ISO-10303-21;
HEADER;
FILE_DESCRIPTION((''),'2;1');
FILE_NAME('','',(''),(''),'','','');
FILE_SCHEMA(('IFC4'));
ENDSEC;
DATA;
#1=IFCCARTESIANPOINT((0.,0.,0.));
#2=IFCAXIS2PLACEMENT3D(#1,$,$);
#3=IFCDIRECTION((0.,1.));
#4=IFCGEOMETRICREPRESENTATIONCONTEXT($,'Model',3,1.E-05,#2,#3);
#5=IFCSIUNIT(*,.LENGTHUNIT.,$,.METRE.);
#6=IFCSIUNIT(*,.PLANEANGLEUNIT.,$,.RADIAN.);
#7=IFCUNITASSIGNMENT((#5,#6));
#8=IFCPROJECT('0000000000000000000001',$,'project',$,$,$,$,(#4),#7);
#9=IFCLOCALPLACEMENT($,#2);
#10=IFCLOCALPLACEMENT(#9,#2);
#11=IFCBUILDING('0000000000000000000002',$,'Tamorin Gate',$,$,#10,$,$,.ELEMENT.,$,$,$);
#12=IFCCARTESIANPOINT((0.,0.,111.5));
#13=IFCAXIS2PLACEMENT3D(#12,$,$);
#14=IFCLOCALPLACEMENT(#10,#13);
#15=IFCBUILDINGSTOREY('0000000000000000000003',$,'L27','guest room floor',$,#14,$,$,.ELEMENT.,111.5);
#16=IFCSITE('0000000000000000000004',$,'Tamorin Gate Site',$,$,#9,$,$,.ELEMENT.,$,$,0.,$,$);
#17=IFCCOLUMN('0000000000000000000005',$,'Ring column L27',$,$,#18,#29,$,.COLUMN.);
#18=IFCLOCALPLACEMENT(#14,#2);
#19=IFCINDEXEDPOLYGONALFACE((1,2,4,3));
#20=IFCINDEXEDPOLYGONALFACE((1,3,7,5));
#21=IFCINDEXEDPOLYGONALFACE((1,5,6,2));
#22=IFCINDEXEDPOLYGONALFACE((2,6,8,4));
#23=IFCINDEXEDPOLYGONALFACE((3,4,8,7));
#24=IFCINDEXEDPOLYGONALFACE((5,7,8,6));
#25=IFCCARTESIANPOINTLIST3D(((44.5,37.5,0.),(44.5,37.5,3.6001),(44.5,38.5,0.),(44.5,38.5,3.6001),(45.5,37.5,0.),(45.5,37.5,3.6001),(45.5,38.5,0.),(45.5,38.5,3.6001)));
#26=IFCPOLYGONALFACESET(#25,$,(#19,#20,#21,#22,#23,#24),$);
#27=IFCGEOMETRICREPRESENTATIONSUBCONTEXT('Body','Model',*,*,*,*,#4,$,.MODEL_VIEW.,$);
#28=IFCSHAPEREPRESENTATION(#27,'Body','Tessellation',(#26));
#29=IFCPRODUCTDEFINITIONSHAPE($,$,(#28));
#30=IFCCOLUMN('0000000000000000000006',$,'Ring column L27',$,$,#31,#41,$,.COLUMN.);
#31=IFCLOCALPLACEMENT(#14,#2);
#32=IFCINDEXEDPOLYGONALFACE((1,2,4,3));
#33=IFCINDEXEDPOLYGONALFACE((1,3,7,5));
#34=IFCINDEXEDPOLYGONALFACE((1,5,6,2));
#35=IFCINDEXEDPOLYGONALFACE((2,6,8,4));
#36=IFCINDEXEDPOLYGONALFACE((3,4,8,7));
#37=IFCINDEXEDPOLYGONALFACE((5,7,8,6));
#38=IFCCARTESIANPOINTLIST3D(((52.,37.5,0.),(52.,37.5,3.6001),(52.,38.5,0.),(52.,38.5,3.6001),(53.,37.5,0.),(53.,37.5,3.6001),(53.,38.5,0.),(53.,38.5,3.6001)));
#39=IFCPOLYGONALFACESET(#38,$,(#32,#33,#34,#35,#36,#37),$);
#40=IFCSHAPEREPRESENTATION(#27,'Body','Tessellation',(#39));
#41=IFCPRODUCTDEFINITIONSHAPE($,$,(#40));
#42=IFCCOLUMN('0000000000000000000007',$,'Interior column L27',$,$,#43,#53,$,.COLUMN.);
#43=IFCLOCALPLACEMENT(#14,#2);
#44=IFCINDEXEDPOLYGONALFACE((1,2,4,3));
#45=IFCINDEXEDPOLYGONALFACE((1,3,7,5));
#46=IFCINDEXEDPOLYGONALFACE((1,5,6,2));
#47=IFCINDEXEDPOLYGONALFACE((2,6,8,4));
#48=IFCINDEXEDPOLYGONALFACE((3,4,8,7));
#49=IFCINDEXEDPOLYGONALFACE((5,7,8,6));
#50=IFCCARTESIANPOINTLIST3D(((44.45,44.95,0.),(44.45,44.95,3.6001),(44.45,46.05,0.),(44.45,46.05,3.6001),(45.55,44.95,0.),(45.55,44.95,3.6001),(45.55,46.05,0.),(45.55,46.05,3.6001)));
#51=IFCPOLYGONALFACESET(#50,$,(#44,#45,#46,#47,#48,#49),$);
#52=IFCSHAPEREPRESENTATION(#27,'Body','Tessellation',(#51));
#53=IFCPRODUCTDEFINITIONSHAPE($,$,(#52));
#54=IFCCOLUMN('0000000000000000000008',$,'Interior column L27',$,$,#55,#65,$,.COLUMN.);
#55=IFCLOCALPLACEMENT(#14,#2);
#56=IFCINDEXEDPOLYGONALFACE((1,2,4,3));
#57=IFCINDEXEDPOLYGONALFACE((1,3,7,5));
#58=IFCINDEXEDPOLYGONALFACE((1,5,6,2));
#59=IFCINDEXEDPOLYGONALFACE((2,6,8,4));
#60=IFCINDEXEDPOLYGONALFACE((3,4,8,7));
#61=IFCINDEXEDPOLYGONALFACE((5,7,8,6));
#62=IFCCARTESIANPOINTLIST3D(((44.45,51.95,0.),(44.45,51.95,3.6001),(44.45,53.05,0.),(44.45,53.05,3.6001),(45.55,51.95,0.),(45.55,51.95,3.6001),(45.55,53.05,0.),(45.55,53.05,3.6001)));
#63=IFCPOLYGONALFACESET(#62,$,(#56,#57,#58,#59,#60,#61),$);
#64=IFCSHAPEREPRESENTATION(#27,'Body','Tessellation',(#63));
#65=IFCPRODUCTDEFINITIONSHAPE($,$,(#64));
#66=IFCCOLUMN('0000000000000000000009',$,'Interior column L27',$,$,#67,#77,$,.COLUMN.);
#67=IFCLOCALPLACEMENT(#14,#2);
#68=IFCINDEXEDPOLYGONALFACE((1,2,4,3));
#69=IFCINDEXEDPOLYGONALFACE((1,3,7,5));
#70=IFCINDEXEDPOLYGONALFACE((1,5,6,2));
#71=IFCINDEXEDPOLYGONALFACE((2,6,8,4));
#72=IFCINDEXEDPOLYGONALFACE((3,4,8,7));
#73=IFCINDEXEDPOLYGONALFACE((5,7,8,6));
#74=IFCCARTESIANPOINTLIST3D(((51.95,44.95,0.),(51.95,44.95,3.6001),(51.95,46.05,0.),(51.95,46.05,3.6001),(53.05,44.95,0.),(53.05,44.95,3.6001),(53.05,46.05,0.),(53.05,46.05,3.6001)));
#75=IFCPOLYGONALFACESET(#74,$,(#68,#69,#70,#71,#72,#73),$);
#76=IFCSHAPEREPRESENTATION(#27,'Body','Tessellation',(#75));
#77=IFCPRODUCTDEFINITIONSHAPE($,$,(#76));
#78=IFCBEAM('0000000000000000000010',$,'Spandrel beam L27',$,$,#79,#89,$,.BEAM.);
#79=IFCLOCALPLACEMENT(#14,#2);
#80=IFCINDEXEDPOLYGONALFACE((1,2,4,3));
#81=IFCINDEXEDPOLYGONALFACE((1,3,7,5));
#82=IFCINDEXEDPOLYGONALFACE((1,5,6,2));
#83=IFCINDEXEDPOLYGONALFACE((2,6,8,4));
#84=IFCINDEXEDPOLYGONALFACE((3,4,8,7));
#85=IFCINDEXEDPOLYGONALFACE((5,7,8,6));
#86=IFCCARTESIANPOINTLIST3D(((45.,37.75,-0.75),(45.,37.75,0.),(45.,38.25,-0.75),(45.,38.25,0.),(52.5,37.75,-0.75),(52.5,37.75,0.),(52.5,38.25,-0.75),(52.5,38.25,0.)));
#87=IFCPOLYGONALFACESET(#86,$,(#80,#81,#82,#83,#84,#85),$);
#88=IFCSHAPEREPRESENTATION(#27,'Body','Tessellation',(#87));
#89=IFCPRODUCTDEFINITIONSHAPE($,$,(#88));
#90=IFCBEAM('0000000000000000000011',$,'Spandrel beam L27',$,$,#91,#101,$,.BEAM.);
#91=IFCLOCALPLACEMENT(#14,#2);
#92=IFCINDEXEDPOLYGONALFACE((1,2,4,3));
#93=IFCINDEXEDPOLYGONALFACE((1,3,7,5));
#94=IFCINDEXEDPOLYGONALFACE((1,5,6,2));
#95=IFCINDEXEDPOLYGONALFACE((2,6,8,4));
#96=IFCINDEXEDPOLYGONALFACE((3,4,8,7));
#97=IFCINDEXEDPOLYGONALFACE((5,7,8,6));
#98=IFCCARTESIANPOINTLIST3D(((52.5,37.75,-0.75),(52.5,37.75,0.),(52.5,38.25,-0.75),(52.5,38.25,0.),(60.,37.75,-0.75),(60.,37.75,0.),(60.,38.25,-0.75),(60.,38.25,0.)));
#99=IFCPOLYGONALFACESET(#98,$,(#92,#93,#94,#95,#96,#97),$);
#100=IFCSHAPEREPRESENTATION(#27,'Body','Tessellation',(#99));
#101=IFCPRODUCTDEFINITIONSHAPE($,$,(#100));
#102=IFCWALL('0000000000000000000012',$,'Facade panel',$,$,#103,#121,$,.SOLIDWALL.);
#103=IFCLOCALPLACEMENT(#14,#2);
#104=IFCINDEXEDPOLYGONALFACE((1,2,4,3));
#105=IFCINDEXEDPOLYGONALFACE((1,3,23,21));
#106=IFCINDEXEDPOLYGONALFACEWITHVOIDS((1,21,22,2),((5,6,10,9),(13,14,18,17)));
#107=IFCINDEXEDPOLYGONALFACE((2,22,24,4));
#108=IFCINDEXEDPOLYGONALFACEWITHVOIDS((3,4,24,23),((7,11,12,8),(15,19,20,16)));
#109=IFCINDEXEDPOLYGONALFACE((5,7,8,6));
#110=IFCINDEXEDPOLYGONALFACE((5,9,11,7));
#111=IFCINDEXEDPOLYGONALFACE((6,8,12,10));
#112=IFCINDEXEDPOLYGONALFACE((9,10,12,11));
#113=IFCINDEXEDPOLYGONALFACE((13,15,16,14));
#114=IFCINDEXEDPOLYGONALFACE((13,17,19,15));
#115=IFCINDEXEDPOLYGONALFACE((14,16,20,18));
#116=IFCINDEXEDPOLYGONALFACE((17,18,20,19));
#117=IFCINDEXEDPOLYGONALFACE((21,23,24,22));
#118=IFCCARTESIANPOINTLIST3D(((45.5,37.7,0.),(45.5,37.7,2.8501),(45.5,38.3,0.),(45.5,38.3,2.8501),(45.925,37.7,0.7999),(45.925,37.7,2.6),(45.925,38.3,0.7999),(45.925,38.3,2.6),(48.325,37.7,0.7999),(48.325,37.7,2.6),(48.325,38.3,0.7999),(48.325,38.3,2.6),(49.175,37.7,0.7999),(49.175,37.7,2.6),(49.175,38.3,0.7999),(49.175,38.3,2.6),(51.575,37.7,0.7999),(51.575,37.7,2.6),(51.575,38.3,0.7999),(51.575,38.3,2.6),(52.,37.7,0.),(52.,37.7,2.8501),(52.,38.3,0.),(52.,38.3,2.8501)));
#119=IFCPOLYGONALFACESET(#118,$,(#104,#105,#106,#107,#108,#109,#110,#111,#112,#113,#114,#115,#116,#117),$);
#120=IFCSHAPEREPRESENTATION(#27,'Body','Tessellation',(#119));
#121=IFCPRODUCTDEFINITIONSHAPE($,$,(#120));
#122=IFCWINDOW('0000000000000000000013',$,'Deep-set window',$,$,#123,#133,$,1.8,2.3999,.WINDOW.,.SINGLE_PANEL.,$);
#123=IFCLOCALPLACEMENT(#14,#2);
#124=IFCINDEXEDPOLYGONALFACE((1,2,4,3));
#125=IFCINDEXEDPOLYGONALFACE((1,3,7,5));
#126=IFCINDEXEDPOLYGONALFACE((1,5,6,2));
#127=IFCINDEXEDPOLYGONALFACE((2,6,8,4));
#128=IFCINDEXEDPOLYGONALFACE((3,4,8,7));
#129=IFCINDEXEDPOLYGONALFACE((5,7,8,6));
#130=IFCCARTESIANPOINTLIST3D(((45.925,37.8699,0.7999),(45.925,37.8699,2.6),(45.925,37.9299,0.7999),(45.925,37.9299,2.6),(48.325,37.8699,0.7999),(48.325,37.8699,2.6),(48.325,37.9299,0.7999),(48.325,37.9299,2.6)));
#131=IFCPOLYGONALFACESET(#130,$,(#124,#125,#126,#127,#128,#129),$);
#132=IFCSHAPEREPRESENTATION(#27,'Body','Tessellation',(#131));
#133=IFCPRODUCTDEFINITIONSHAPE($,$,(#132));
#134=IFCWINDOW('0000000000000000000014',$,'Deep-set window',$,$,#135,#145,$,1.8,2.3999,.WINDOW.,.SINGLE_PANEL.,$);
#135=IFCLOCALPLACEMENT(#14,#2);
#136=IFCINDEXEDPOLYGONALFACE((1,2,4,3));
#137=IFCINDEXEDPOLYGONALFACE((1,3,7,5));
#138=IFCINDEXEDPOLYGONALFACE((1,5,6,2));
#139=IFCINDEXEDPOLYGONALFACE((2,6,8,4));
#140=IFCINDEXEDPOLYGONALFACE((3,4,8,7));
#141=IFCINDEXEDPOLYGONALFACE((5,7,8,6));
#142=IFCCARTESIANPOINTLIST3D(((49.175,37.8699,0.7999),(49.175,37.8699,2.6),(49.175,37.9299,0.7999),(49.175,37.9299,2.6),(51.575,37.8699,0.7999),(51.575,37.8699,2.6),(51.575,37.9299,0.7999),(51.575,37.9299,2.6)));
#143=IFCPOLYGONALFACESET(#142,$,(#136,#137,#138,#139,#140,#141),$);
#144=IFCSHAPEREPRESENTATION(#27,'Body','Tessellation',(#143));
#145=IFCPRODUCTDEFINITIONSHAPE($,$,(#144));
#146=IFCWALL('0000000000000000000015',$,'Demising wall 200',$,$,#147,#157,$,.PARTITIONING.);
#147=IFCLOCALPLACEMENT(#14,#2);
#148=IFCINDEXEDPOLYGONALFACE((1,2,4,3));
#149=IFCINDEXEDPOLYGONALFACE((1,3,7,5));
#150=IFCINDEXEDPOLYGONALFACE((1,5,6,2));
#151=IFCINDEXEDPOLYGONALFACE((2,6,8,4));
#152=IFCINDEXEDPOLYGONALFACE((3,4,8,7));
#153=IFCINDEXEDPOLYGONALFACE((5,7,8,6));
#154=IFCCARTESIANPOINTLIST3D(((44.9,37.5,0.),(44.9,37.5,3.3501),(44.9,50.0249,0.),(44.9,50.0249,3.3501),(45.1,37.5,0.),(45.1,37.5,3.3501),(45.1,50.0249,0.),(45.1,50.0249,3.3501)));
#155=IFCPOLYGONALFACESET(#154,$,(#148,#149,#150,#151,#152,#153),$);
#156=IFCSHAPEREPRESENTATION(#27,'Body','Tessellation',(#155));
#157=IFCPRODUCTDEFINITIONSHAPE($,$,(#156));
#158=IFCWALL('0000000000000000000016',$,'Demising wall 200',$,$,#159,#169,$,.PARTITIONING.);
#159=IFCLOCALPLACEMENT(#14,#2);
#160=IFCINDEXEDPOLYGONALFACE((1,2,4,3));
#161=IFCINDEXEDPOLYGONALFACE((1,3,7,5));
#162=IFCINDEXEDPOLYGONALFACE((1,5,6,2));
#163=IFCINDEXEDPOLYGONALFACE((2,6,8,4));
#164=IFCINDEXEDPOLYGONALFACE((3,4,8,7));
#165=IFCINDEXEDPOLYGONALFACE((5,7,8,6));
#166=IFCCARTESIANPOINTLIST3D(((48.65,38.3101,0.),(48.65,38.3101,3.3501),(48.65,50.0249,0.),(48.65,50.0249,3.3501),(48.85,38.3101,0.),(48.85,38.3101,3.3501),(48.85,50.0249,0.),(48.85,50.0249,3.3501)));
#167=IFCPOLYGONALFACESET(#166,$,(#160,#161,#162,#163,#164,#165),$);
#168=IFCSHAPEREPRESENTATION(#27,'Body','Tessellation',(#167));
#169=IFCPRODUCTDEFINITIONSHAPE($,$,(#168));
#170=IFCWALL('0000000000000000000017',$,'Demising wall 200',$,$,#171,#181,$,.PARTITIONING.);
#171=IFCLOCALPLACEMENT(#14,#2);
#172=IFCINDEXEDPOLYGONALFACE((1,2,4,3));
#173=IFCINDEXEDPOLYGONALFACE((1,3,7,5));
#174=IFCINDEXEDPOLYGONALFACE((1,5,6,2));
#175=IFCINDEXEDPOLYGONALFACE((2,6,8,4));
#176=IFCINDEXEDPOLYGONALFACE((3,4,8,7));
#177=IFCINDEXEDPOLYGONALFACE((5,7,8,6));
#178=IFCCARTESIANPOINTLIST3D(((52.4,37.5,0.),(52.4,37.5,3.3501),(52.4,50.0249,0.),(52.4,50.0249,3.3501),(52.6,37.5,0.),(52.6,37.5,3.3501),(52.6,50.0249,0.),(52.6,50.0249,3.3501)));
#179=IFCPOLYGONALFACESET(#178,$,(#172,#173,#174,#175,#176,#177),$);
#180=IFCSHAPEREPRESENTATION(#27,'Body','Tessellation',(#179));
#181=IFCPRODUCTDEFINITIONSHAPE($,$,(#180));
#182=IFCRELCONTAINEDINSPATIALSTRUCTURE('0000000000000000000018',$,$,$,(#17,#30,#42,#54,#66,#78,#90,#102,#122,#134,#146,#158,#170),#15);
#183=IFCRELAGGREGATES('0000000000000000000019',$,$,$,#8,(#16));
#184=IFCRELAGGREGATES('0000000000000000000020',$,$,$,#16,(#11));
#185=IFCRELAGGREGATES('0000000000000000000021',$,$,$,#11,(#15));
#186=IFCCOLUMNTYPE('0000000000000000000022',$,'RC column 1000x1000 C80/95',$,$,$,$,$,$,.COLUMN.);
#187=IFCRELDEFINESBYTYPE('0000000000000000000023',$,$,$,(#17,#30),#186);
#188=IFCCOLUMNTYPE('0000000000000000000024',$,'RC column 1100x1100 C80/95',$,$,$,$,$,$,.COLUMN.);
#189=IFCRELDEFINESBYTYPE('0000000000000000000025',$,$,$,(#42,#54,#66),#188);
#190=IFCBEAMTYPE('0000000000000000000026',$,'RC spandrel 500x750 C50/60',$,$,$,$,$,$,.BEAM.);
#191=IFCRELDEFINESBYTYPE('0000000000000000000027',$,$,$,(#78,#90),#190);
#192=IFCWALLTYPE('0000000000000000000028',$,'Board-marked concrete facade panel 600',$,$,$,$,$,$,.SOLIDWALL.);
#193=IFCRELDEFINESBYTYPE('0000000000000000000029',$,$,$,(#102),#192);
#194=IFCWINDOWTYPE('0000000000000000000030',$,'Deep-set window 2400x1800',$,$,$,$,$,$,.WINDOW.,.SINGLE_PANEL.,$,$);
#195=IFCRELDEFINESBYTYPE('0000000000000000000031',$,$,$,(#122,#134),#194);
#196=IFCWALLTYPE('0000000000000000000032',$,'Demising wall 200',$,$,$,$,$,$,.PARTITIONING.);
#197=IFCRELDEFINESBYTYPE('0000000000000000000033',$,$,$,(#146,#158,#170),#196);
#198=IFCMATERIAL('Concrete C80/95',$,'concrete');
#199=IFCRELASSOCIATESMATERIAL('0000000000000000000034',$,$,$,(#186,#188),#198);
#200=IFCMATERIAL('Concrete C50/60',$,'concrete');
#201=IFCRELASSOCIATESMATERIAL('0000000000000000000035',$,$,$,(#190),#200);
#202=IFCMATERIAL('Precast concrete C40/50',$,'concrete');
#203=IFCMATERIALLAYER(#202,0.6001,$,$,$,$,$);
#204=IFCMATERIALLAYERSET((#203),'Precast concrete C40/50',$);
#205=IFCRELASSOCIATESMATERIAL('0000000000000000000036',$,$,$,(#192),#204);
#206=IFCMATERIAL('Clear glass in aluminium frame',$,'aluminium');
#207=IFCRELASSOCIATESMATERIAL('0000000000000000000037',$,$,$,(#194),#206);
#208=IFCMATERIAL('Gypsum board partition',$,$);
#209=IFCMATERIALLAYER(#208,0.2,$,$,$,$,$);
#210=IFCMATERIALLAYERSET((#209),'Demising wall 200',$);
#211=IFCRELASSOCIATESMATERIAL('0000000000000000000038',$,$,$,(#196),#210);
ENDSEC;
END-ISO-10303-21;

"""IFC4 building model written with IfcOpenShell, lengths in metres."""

from ifc_helpers import new_model, si_unit, direction, frame, frame_2d, origin, origin_2d, place, context, subcontext, project, spatial, rectangle, extrude, material, layer, layer_set, material_profile, profile_set, type_object, element, fill, save


model = new_model("IFC4")

# Units and contexts
model_context = context("Model", 3, precision=1e-05, world=origin(), true_north=direction((0.0, 1.0)))
body_context = subcontext(model_context, "Body", "Model", "MODEL_VIEW")
ifc_project = project(units=[si_unit("LENGTHUNIT", "METRE"), si_unit("PLANEANGLEUNIT", "RADIAN")], contexts=[model_context])

# Site, building, storey
site_placement = place(None, origin())
site = spatial("IfcSite", under=ifc_project, at=site_placement, Name="Tamorin Gate Site", CompositionType="ELEMENT", RefElevation=0.0)
building_placement = place(site_placement, origin())
building = spatial("IfcBuilding", under=site, at=building_placement, Name="Tamorin Gate", CompositionType="ELEMENT")
storey_placement = place(building_placement, frame((0.0, 0.0, 111.5)))
storey = spatial("IfcBuildingStorey", under=building, at=storey_placement, Name="L27", Description="guest room floor", CompositionType="ELEMENT", Elevation=111.5)

# Columns
ifc_material_1 = material(Name="Concrete C80/95", Category="concrete")
ifc_material_profile_1 = material_profile(ifc_material_1, rectangle(XDim=1.0, YDim=1.0, at=origin_2d()), Name="RC 1000x1000")
ifc_profile_set_1 = profile_set([ifc_material_profile_1], Name="Concrete C80/95")
column_type_1 = type_object("IfcColumnType", Name="RC column 1000x1000 C80/95", PredefinedType="COLUMN", material=ifc_profile_set_1)
for number, where, z_axis, x_axis, name in (
    (1, (45.0, 38.0, 0.0), (0.0, 0.0, 1.0), (1.0, 0.0, 0.0), "Ring column L27"),
    (2, (52.5, 38.0, 0.0), (0.0, 0.0, 1.0), (1.0, 0.0, 0.0), "Ring column L27"),
):
    element("IfcColumn", number, at=place(storey_placement, frame(where, z_axis=z_axis, x_axis=x_axis)), inside=storey, type_object=column_type_1, Name=name, PredefinedType="COLUMN", context=body_context, shape_type="SweptSolid", body=[
        extrude(rectangle(XDim=1.0, YDim=1.0, at=origin_2d()), origin(), (0.0, 0.0, 1.0), 3.6001),
    ])
ifc_material_profile_2 = material_profile(ifc_material_1, rectangle(XDim=1.1001, YDim=1.1001, at=origin_2d()), Name="RC 1100x1100")
ifc_profile_set_2 = profile_set([ifc_material_profile_2], Name="Concrete C80/95")
column_type_2 = type_object("IfcColumnType", Name="RC column 1100x1100 C80/95", PredefinedType="COLUMN", material=ifc_profile_set_2)
for number, where, z_axis, x_axis, name in (
    (3, (45.0, 45.5, 0.0), (0.0, 0.0, 1.0), (1.0, 0.0, 0.0), "Interior column L27"),
    (4, (45.0, 52.5, 0.0), (0.0, 0.0, 1.0), (1.0, 0.0, 0.0), "Interior column L27"),
    (5, (52.5, 45.5, 0.0), (0.0, 0.0, 1.0), (1.0, 0.0, 0.0), "Interior column L27"),
):
    element("IfcColumn", number, at=place(storey_placement, frame(where, z_axis=z_axis, x_axis=x_axis)), inside=storey, type_object=column_type_2, Name=name, PredefinedType="COLUMN", context=body_context, shape_type="SweptSolid", body=[
        extrude(rectangle(XDim=1.1001, YDim=1.1001, at=origin_2d()), origin(), (0.0, 0.0, 1.0), 3.6001),
    ])

# Beams
ifc_material_2 = material(Name="Concrete C50/60", Category="concrete")
ifc_material_profile_3 = material_profile(ifc_material_2, rectangle(XDim=0.5, YDim=0.75, at=origin_2d()), Name="RC 500x750")
ifc_profile_set_3 = profile_set([ifc_material_profile_3], Name="Concrete C50/60")
beam_type = type_object("IfcBeamType", Name="RC spandrel 500x750 C50/60", PredefinedType="BEAM", material=ifc_profile_set_3)
for number, where, z_axis, x_axis, name in (
    (6, (45.0, 38.0, -0.375), (1.0, 0.0, 0.0), (0.0, 1.0, 0.0), "Spandrel beam L27"),
    (7, (52.5, 38.0, -0.375), (1.0, 0.0, 0.0), (0.0, 1.0, 0.0), "Spandrel beam L27"),
):
    element("IfcBeam", number, at=place(storey_placement, frame(where, z_axis=z_axis, x_axis=x_axis)), inside=storey, type_object=beam_type, Name=name, PredefinedType="BEAM", context=body_context, shape_type="SweptSolid", body=[
        extrude(rectangle(XDim=0.5, YDim=0.75, at=origin_2d()), origin(), (0.0, 0.0, 1.0), 7.5),
    ])

# Wall, openings, windows
ifc_material_3 = material(Name="Precast concrete C40/50", Category="concrete")
ifc_layer_1 = layer(ifc_material_3, 0.6001)
ifc_layer_set_1 = layer_set([ifc_layer_1], Name="Precast concrete C40/50")
wall_type_1 = type_object("IfcWallType", Name="Board-marked concrete facade panel 600", PredefinedType="SOLIDWALL", material=ifc_layer_set_1)
wall_1_placement = place(storey_placement, frame((45.5, 38.0, 0.0), z_axis=(0.0, 0.0, 1.0), x_axis=(1.0, 0.0, 0.0)))
wall_1 = element("IfcWall", 8, at=wall_1_placement, inside=storey, type_object=wall_type_1, Name="Facade panel", PredefinedType="SOLIDWALL", context=body_context, shape_type="SweptSolid", body=[
    extrude(rectangle(XDim=6.5, YDim=0.6001, at=frame_2d((3.25, 0.0))), origin(), (0.0, 0.0, 1.0), 2.8501),
])
opening_1_placement = place(wall_1_placement, frame((0.425, 0.0, 0.8)))
opening_1 = element("IfcOpeningElement", 9, at=opening_1_placement, cuts=wall_1, PredefinedType="OPENING", context=body_context, shape_type="SweptSolid", body=[
    extrude(rectangle(XDim=2.3999, YDim=1.8, at=frame_2d((1.2, 0.8999))), frame((0.0, 0.3101, 0.0), z_axis=(0.0, -1.0, 0.0), x_axis=(1.0, 0.0, 0.0)), (0.0, 0.0, 1.0), 0.6201),
])
opening_2_placement = place(wall_1_placement, frame((3.675, 0.0, 0.8)))
opening_2 = element("IfcOpeningElement", 10, at=opening_2_placement, cuts=wall_1, PredefinedType="OPENING", context=body_context, shape_type="SweptSolid", body=[
    extrude(rectangle(XDim=2.3999, YDim=1.8, at=frame_2d((1.2, 0.8999))), frame((0.0, 0.3101, 0.0), z_axis=(0.0, -1.0, 0.0), x_axis=(1.0, 0.0, 0.0)), (0.0, 0.0, 1.0), 0.6201),
])
ifc_material_4 = material(Name="Clear glass in aluminium frame", Category="aluminium")
window_type = type_object("IfcWindowType", Name="Deep-set window 2400x1800", PartitioningType="SINGLE_PANEL", PredefinedType="WINDOW", material=ifc_material_4)
window_1_placement = place(opening_1_placement, origin())
window_1 = element("IfcWindow", 11, at=window_1_placement, inside=storey, type_object=window_type, Name="Deep-set window", OverallHeight=1.8, OverallWidth=2.3999, PartitioningType="SINGLE_PANEL", PredefinedType="WINDOW", context=body_context, shape_type="SweptSolid", body=[
    extrude(rectangle(XDim=2.3999, YDim=1.8, at=frame_2d((1.2, 0.8999))), frame((0.0, -0.0701, 0.0), z_axis=(0.0, -1.0, 0.0), x_axis=(1.0, 0.0, 0.0)), (0.0, 0.0, 1.0), 0.0601),
])
fill(opening_1, window_1)
window_2_placement = place(opening_2_placement, origin())
window_2 = element("IfcWindow", 12, at=window_2_placement, inside=storey, type_object=window_type, Name="Deep-set window", OverallHeight=1.8, OverallWidth=2.3999, PartitioningType="SINGLE_PANEL", PredefinedType="WINDOW", context=body_context, shape_type="SweptSolid", body=[
    extrude(rectangle(XDim=2.3999, YDim=1.8, at=frame_2d((1.2, 0.8999))), frame((0.0, -0.0701, 0.0), z_axis=(0.0, -1.0, 0.0), x_axis=(1.0, 0.0, 0.0)), (0.0, 0.0, 1.0), 0.0601),
])
fill(opening_2, window_2)

# Walls
ifc_material_5 = material(Name="Gypsum board partition")
ifc_layer_2 = layer(ifc_material_5, 0.2)
ifc_layer_set_2 = layer_set([ifc_layer_2], Name="Demising wall 200")
wall_type_2 = type_object("IfcWallType", Name="Demising wall 200", PredefinedType="PARTITIONING", material=ifc_layer_set_2)
wall_2_placement = place(storey_placement, frame((45.0, 37.5, 0.0), z_axis=(0.0, 0.0, 1.0), x_axis=(0.0, 1.0, 0.0)))
element("IfcWall", 13, at=wall_2_placement, inside=storey, type_object=wall_type_2, Name="Demising wall 200", PredefinedType="PARTITIONING", context=body_context, shape_type="SweptSolid", body=[
    extrude(rectangle(XDim=12.5249, YDim=0.2, at=frame_2d((6.2625, 0.0))), origin(), (0.0, 0.0, 1.0), 3.3501),
])
wall_3_placement = place(storey_placement, frame((48.75, 38.3101, 0.0), z_axis=(0.0, 0.0, 1.0), x_axis=(0.0, 1.0, 0.0)))
element("IfcWall", 14, at=wall_3_placement, inside=storey, type_object=wall_type_2, Name="Demising wall 200", PredefinedType="PARTITIONING", context=body_context, shape_type="SweptSolid", body=[
    extrude(rectangle(XDim=11.7148, YDim=0.2, at=frame_2d((5.8574, 0.0))), origin(), (0.0, 0.0, 1.0), 3.3501),
])
wall_4_placement = place(storey_placement, frame((52.5, 37.5, 0.0), z_axis=(0.0, 0.0, 1.0), x_axis=(0.0, 1.0, 0.0)))
element("IfcWall", 15, at=wall_4_placement, inside=storey, type_object=wall_type_2, Name="Demising wall 200", PredefinedType="PARTITIONING", context=body_context, shape_type="SweptSolid", body=[
    extrude(rectangle(XDim=12.5249, YDim=0.2, at=frame_2d((6.2625, 0.0))), origin(), (0.0, 0.0, 1.0), 3.3501),
])

save(model, "model.ifc")
